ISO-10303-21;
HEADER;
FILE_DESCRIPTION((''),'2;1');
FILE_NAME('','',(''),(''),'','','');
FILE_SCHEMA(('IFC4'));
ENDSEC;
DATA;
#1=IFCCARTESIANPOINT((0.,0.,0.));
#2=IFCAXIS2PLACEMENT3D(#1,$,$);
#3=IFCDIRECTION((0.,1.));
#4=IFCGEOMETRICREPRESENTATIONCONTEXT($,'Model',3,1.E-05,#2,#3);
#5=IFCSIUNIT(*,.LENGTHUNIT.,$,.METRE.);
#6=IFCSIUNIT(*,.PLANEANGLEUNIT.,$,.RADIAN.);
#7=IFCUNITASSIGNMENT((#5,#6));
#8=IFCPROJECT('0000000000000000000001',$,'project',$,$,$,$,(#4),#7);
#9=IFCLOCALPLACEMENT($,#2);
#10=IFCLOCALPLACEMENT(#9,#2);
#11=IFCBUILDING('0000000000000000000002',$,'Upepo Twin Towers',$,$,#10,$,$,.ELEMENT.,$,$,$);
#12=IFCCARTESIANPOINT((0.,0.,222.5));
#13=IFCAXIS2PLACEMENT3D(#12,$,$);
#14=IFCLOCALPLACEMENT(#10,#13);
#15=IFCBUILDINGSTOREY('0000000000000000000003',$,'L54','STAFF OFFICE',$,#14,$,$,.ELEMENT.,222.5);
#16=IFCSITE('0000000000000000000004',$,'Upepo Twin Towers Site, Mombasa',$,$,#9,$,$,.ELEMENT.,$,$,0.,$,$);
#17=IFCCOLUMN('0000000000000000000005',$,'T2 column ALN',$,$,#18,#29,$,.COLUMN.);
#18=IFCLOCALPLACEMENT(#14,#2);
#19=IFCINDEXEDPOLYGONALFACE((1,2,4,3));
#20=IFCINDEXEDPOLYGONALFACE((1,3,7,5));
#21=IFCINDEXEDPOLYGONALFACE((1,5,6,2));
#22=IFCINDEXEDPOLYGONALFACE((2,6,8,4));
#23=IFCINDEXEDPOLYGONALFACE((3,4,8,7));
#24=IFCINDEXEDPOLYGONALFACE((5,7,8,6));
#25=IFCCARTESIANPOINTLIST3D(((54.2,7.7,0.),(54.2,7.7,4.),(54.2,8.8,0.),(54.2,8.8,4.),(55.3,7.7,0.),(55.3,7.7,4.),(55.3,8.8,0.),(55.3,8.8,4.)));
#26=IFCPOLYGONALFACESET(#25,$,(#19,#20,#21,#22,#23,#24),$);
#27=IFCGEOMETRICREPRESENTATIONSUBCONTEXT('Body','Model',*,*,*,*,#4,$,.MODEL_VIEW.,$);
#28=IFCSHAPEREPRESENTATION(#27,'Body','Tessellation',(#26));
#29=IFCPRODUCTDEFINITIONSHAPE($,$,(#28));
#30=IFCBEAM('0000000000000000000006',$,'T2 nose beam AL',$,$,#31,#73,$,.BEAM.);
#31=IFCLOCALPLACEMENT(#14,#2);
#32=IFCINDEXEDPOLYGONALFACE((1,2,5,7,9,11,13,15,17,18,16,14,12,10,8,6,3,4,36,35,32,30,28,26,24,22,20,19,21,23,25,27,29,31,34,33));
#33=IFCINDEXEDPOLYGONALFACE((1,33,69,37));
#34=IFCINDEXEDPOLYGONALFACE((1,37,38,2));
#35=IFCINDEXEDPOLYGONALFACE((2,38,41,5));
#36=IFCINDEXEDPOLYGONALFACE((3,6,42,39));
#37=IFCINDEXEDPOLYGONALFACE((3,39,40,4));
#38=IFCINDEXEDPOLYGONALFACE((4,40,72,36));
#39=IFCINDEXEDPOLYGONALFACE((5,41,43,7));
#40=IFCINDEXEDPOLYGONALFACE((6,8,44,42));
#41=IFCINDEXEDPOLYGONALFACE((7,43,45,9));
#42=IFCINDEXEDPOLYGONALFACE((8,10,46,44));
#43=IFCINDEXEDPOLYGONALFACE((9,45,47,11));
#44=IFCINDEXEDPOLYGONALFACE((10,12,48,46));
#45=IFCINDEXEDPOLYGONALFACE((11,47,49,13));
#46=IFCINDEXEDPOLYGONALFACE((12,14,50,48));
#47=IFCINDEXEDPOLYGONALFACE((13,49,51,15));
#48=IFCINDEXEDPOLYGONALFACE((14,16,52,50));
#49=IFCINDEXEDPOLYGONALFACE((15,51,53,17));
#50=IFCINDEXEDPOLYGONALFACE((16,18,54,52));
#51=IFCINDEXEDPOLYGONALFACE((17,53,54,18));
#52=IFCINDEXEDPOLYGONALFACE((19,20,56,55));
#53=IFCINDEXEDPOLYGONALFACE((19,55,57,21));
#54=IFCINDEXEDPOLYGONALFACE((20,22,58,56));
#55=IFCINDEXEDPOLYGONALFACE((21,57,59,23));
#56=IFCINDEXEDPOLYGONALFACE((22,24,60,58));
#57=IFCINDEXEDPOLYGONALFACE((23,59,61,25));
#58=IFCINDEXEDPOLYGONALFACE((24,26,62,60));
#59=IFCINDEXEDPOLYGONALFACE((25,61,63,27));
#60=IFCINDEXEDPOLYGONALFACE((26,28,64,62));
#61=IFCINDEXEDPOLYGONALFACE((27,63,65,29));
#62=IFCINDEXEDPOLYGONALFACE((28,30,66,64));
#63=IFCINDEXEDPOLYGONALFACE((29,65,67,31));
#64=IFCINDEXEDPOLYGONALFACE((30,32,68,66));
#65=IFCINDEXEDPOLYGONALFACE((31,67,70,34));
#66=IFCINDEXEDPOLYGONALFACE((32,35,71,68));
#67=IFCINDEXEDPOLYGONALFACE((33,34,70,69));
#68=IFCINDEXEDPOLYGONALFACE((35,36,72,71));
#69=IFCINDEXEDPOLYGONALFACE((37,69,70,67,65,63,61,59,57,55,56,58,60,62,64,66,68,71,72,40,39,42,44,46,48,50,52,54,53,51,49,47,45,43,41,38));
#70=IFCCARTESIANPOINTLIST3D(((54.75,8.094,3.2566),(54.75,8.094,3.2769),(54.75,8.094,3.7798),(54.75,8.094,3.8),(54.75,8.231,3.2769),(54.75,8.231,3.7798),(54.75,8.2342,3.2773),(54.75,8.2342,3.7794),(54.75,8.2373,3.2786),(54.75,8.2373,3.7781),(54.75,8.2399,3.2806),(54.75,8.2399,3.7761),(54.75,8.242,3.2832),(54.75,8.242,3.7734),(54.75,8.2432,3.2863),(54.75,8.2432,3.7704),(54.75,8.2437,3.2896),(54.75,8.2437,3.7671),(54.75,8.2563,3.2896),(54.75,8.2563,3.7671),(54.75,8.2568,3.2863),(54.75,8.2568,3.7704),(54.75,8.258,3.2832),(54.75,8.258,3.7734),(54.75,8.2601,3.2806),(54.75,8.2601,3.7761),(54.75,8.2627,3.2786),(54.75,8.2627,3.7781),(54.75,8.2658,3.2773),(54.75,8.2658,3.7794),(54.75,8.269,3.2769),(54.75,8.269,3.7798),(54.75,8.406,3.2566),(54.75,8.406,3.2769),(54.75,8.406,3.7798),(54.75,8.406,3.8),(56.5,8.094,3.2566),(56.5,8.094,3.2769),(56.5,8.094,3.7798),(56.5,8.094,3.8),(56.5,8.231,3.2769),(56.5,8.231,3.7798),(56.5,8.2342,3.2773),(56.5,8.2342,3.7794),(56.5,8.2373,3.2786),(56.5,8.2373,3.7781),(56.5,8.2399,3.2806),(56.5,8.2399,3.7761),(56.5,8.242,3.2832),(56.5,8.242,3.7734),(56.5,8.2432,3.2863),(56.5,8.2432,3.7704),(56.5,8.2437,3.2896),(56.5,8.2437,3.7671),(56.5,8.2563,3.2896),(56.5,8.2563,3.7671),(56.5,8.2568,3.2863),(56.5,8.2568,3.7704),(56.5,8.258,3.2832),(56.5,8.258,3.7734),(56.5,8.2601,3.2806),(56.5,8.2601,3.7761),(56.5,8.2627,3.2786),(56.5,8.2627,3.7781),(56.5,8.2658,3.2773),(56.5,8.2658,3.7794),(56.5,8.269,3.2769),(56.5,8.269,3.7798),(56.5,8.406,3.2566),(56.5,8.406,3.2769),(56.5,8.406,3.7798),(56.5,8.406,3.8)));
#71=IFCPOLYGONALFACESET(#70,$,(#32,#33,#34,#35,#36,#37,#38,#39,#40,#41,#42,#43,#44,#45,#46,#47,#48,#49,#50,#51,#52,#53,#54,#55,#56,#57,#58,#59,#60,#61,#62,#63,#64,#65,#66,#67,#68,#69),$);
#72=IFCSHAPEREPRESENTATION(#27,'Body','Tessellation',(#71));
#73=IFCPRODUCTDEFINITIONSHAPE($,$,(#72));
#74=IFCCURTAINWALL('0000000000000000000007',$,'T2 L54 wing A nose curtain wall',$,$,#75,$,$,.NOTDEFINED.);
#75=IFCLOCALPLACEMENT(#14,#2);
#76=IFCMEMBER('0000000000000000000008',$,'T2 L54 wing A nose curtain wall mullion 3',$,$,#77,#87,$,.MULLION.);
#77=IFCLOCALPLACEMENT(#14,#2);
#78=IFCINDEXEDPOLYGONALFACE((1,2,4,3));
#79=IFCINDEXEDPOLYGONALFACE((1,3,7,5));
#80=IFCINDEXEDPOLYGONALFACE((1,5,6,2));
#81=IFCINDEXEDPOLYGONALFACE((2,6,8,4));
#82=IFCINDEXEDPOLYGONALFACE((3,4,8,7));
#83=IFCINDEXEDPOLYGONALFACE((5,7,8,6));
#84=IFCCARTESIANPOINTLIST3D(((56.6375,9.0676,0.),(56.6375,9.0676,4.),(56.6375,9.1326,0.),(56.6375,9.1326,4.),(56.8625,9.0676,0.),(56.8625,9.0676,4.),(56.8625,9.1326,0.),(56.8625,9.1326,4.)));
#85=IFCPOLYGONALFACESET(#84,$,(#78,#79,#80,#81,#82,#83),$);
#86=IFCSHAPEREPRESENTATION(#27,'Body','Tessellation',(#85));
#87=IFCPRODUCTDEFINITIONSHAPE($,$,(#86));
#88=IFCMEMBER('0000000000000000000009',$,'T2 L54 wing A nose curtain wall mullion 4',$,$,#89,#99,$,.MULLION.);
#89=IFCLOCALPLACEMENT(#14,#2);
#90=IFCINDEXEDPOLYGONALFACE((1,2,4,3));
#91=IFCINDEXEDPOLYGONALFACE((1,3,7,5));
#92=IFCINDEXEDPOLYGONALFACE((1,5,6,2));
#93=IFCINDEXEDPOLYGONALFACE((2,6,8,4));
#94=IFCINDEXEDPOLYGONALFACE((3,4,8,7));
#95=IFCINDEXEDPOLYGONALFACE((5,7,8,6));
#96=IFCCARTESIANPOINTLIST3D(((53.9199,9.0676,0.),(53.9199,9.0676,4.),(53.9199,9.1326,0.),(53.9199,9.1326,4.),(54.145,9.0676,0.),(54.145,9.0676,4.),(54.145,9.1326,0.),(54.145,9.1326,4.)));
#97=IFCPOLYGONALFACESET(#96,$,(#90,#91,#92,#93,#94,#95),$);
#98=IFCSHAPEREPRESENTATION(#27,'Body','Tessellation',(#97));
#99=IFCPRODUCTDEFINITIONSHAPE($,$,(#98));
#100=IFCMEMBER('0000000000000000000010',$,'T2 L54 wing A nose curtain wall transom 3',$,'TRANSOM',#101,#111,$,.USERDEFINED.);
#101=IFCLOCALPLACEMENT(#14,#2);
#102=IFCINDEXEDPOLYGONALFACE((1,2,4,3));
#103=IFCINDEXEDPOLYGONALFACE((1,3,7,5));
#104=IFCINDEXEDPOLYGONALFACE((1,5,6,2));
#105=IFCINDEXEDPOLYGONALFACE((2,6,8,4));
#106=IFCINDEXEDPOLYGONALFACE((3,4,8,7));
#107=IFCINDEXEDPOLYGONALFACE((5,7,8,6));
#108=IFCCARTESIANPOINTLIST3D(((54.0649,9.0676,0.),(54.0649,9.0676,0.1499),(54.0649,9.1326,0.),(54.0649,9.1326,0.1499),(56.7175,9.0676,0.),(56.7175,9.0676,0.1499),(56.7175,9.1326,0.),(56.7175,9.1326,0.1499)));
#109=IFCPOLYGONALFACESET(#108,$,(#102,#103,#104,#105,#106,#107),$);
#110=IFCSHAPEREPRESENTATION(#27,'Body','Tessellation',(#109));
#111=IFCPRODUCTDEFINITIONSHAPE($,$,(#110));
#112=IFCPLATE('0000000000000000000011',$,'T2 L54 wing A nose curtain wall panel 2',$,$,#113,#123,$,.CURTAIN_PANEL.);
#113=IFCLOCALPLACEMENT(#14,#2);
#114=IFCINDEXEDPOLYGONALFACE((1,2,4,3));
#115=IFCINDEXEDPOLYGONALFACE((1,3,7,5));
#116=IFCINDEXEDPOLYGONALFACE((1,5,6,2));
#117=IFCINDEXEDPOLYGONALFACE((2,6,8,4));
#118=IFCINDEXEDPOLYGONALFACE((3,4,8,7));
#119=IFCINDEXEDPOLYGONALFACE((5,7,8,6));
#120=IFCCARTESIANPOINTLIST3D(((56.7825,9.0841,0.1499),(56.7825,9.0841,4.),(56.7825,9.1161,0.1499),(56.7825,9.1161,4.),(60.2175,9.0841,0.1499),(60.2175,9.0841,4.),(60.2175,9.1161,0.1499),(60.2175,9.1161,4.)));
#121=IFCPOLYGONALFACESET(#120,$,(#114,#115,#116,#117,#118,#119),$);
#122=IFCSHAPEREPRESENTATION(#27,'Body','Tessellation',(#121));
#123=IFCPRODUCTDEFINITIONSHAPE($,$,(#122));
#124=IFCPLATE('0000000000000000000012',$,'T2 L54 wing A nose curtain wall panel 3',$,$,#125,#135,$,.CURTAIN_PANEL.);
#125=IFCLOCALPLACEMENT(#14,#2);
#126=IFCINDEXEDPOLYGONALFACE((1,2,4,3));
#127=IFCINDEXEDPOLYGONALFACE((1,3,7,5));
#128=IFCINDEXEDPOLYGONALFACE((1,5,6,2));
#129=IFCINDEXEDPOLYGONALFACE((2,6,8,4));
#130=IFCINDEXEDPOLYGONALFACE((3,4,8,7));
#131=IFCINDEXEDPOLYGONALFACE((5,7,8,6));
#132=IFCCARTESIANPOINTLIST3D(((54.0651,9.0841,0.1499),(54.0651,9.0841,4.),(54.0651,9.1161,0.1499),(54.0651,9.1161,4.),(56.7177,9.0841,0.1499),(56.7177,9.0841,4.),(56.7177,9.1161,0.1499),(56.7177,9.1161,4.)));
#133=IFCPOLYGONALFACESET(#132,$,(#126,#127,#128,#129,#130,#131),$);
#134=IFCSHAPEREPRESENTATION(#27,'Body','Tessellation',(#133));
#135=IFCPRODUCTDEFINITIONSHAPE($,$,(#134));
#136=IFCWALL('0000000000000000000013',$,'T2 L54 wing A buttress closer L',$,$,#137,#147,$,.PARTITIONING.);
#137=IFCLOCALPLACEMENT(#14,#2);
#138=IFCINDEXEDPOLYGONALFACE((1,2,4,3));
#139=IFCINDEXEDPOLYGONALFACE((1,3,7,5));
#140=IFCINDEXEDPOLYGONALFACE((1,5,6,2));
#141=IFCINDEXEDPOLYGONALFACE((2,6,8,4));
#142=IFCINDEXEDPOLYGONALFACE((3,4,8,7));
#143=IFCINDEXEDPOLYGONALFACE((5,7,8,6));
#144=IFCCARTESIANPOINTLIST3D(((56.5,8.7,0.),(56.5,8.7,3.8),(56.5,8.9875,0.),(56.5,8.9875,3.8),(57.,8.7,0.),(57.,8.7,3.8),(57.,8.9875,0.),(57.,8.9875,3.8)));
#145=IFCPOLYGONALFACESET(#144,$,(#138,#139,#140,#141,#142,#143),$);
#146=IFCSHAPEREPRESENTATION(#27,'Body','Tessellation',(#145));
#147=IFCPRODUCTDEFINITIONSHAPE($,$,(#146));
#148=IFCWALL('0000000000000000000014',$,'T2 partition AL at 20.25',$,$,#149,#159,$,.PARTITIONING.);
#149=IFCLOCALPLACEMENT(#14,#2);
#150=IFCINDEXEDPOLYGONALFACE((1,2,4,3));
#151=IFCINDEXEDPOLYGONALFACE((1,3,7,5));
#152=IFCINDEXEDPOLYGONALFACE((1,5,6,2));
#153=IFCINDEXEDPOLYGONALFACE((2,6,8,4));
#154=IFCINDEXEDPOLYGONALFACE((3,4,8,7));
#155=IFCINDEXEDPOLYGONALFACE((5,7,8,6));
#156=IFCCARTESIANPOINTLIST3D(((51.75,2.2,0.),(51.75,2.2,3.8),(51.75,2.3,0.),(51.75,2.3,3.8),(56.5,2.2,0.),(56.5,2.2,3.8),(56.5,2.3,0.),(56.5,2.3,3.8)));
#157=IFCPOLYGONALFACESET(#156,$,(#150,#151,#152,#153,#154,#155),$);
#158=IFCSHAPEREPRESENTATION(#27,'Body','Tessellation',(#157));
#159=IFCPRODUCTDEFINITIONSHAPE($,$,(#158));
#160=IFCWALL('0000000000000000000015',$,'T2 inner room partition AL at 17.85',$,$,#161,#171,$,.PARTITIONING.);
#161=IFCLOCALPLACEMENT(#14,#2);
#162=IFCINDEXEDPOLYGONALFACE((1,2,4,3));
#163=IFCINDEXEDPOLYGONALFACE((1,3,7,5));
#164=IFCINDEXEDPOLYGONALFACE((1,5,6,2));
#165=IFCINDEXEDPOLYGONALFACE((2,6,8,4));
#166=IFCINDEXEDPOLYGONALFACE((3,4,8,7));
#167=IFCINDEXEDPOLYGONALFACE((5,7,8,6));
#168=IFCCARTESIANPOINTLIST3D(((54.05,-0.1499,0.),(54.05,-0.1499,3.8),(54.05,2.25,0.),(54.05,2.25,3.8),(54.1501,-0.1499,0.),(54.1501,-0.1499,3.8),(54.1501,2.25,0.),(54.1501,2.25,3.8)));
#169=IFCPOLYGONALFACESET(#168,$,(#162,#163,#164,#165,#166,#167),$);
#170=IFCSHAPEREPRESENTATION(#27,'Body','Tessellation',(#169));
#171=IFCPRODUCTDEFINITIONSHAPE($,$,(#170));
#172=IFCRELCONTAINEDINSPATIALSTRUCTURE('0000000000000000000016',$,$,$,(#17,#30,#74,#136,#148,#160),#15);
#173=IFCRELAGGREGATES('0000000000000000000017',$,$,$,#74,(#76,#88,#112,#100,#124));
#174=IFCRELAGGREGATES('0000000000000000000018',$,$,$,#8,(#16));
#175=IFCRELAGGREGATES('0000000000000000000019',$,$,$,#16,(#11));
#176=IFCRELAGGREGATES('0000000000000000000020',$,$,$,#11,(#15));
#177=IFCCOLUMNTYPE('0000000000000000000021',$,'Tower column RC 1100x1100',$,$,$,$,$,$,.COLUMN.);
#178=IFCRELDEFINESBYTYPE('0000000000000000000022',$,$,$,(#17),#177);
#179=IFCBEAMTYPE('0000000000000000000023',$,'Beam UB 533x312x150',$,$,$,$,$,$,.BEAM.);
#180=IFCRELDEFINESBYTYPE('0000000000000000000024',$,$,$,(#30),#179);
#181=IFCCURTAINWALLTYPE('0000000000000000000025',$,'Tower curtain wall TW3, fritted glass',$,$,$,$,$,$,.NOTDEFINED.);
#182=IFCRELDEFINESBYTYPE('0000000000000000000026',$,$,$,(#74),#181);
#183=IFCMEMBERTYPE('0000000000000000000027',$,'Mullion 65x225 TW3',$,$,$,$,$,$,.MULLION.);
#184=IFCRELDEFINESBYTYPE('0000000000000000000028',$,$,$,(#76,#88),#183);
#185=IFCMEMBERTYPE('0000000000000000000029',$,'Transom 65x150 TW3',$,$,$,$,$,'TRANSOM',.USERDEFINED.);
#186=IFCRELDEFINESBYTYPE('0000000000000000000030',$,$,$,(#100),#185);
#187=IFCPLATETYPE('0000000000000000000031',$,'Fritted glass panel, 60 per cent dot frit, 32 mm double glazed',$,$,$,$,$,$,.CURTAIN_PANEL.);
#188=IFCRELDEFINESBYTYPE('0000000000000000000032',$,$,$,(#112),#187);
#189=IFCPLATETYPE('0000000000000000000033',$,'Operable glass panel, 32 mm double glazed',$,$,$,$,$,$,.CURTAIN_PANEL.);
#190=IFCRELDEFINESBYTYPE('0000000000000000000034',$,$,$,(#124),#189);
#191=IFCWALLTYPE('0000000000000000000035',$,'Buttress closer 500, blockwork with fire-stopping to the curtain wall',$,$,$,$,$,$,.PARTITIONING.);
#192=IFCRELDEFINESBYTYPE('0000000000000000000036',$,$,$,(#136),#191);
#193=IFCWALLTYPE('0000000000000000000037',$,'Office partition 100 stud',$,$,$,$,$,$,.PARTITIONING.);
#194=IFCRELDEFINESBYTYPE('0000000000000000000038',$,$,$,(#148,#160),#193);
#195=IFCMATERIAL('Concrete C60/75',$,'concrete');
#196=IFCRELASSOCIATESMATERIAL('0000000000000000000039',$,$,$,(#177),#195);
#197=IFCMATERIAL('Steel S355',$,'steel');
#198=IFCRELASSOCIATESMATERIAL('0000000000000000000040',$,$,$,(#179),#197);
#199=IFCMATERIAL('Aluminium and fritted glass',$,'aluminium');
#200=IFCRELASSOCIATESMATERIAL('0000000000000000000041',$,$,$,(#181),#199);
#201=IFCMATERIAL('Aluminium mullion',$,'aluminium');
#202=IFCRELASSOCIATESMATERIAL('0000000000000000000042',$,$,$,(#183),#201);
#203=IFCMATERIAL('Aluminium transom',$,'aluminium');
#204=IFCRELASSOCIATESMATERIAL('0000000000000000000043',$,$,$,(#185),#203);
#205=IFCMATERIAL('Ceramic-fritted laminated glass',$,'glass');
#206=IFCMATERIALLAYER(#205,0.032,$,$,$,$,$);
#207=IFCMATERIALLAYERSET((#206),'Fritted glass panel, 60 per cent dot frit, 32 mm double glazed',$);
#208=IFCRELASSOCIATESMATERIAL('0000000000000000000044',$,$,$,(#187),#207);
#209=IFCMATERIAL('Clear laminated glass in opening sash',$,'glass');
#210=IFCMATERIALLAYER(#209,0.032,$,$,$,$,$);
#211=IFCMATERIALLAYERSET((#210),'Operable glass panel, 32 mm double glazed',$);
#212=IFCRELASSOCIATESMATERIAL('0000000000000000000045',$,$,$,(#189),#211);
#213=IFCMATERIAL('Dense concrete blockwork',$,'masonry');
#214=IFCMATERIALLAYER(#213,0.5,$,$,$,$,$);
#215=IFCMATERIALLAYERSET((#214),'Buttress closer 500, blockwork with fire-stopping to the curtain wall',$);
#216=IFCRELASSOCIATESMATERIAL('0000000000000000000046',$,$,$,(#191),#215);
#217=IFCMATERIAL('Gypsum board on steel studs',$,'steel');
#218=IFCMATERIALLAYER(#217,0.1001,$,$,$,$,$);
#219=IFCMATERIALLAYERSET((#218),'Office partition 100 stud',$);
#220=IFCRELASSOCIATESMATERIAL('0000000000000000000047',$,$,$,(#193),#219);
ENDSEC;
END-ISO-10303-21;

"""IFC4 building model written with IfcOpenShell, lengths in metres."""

from ifc_helpers import new_model, si_unit, direction, frame, frame_2d, origin, origin_2d, place, context, subcontext, project, spatial, rectangle, i_section, extrude, material, layer, layer_set, material_profile, profile_set, type_object, element, aggregate, save


model = new_model("IFC4")

# Units and contexts
model_context = context("Model", 3, precision=1e-05, world=origin(), true_north=direction((0.0, 1.0)))
body_context = subcontext(model_context, "Body", "Model", "MODEL_VIEW")
ifc_project = project(units=[si_unit("LENGTHUNIT", "METRE"), si_unit("PLANEANGLEUNIT", "RADIAN")], contexts=[model_context])

# Site, building, storey
site_placement = place(None, origin())
site = spatial("IfcSite", under=ifc_project, at=site_placement, Name="Upepo Twin Towers Site, Mombasa", CompositionType="ELEMENT", RefElevation=0.0)
building_placement = place(site_placement, origin())
building = spatial("IfcBuilding", under=site, at=building_placement, Name="Upepo Twin Towers", CompositionType="ELEMENT")
storey_placement = place(building_placement, frame((0.0, 0.0, 222.5)))
storey = spatial("IfcBuildingStorey", under=building, at=storey_placement, Name="L54", Description="STAFF OFFICE", CompositionType="ELEMENT", Elevation=222.5)

# Column
ifc_material_1 = material(Name="Concrete C60/75", Category="concrete")
ifc_material_profile_1 = material_profile(ifc_material_1, rectangle(XDim=1.1001, YDim=1.1001, at=origin_2d()), Name="RC 1100x1100")
ifc_profile_set_1 = profile_set([ifc_material_profile_1], Name="Concrete C60/75")
column_type = type_object("IfcColumnType", Name="Tower column RC 1100x1100", PredefinedType="COLUMN", material=ifc_profile_set_1)
column_placement = place(storey_placement, frame((54.75, 8.25, 0.0), z_axis=(0.0, 0.0, 1.0), x_axis=(1.0, 0.0, 0.0)))
element("IfcColumn", 1, at=column_placement, inside=storey, type_object=column_type, Name="T2 column ALN", PredefinedType="COLUMN", context=body_context, shape_type="SweptSolid", body=[
    extrude(rectangle(XDim=1.1001, YDim=1.1001, at=origin_2d()), origin(), (0.0, 0.0, 1.0), 4.0),
])

# Beam
ifc_material_2 = material(Name="Steel S355", Category="steel")
ifc_material_profile_2 = material_profile(ifc_material_2, i_section(OverallWidth=0.312, OverallDepth=0.5435, WebThickness=0.0127, FlangeThickness=0.0203, FilletRadius=0.0127, at=origin_2d()), Name="UB 533x312x150")
ifc_profile_set_2 = profile_set([ifc_material_profile_2], Name="Steel S355")
beam_type = type_object("IfcBeamType", Name="Beam UB 533x312x150", PredefinedType="BEAM", material=ifc_profile_set_2)
beam_placement = place(storey_placement, frame((54.75, 8.25, 3.5283), z_axis=(1.0, 0.0, 0.0), x_axis=(0.0, 1.0, 0.0)))
element("IfcBeam", 2, at=beam_placement, inside=storey, type_object=beam_type, Name="T2 nose beam AL", PredefinedType="BEAM", context=body_context, shape_type="SweptSolid", body=[
    extrude(i_section(OverallWidth=0.312, OverallDepth=0.5435, WebThickness=0.0127, FlangeThickness=0.0203, FilletRadius=0.0127, at=origin_2d()), origin(), (0.0, 0.0, 1.0), 1.75),
])

# Curtain wall, members, plates
ifc_material_3 = material(Name="Aluminium and fritted glass", Category="aluminium")
curtain_wall_type = type_object("IfcCurtainWallType", Name="Tower curtain wall TW3, fritted glass", PredefinedType="NOTDEFINED", material=ifc_material_3)
curtain_wall_placement = place(storey_placement, origin())
curtain_wall = element("IfcCurtainWall", 3, at=curtain_wall_placement, inside=storey, type_object=curtain_wall_type, Name="T2 L54 wing A nose curtain wall", PredefinedType="NOTDEFINED")
ifc_material_4 = material(Name="Aluminium mullion", Category="aluminium")
ifc_material_profile_3 = material_profile(ifc_material_4, rectangle(XDim=0.0649, YDim=0.2251, at=origin_2d()), Name="MULLION 65x225")
ifc_profile_set_3 = profile_set([ifc_material_profile_3], Name="Aluminium mullion")
member_type_1 = type_object("IfcMemberType", Name="Mullion 65x225 TW3", PredefinedType="MULLION", material=ifc_profile_set_3)
member_1_placement = place(storey_placement, frame((56.75, 9.1001, 0.0), z_axis=(0.0, 0.0, 1.0), x_axis=(0.0, -1.0, 0.0)))
member_1 = element("IfcMember", 4, at=member_1_placement, type_object=member_type_1, Name="T2 L54 wing A nose curtain wall mullion 3", PredefinedType="MULLION", context=body_context, shape_type="SweptSolid", body=[
    extrude(rectangle(XDim=0.0649, YDim=0.2251, at=origin_2d()), origin(), (0.0, 0.0, 1.0), 4.0),
])
member_2_placement = place(storey_placement, frame((54.0325, 9.1001, 0.0), z_axis=(0.0, 0.0, 1.0), x_axis=(0.0, -1.0, 0.0)))
member_2 = element("IfcMember", 5, at=member_2_placement, type_object=member_type_1, Name="T2 L54 wing A nose curtain wall mullion 4", PredefinedType="MULLION", context=body_context, shape_type="SweptSolid", body=[
    extrude(rectangle(XDim=0.0649, YDim=0.2251, at=origin_2d()), origin(), (0.0, 0.0, 1.0), 4.0),
])
ifc_material_5 = material(Name="Aluminium transom", Category="aluminium")
ifc_material_profile_4 = material_profile(ifc_material_5, rectangle(XDim=0.0649, YDim=0.1499, at=origin_2d()), Name="TRANSOM 65x150")
ifc_profile_set_4 = profile_set([ifc_material_profile_4], Name="Aluminium transom")
member_type_2 = type_object("IfcMemberType", Name="Transom 65x150 TW3", ElementType="TRANSOM", PredefinedType="USERDEFINED", material=ifc_profile_set_4)
member_3_placement = place(storey_placement, frame((56.7175, 9.1001, 0.075), z_axis=(-1.0, 0.0, 0.0), x_axis=(0.0, -1.0, 0.0)))
member_3 = element("IfcMember", 6, at=member_3_placement, type_object=member_type_2, Name="T2 L54 wing A nose curtain wall transom 3", ObjectType="TRANSOM", PredefinedType="USERDEFINED", context=body_context, shape_type="SweptSolid", body=[
    extrude(rectangle(XDim=0.0649, YDim=0.1499, at=origin_2d()), origin(), (0.0, 0.0, 1.0), 2.6526),
])
ifc_material_6 = material(Name="Ceramic-fritted laminated glass", Category="glass")
ifc_layer_1 = layer(ifc_material_6, 0.032)
ifc_layer_set_1 = layer_set([ifc_layer_1], Name="Fritted glass panel, 60 per cent dot frit, 32 mm double glazed")
plate_type_1 = type_object("IfcPlateType", Name="Fritted glass panel, 60 per cent dot frit, 32 mm double glazed", PredefinedType="CURTAIN_PANEL", material=ifc_layer_set_1)
plate_1_placement = place(storey_placement, frame((58.5, 9.1001, 0.1499), z_axis=(0.0, 0.0, 1.0), x_axis=(-1.0, 0.0, 0.0)))
plate_1 = element("IfcPlate", 7, at=plate_1_placement, type_object=plate_type_1, Name="T2 L54 wing A nose curtain wall panel 2", PredefinedType="CURTAIN_PANEL", context=body_context, shape_type="SweptSolid", body=[
    extrude(rectangle(XDim=3.4351, YDim=0.032, at=origin_2d()), origin(), (0.0, 0.0, 1.0), 3.8501),
])
ifc_material_7 = material(Name="Clear laminated glass in opening sash", Category="glass")
ifc_layer_2 = layer(ifc_material_7, 0.032)
ifc_layer_set_2 = layer_set([ifc_layer_2], Name="Operable glass panel, 32 mm double glazed")
plate_type_2 = type_object("IfcPlateType", Name="Operable glass panel, 32 mm double glazed", PredefinedType="CURTAIN_PANEL", material=ifc_layer_set_2)
plate_2_placement = place(storey_placement, frame((55.3914, 9.1001, 0.1499), z_axis=(0.0, 0.0, 1.0), x_axis=(-1.0, 0.0, 0.0)))
plate_2 = element("IfcPlate", 8, at=plate_2_placement, type_object=plate_type_2, Name="T2 L54 wing A nose curtain wall panel 3", PredefinedType="CURTAIN_PANEL", context=body_context, shape_type="SweptSolid", body=[
    extrude(rectangle(XDim=2.6526, YDim=0.032, at=origin_2d()), origin(), (0.0, 0.0, 1.0), 3.8501),
])
aggregate(curtain_wall, [member_1, member_2, plate_1, member_3, plate_2])

# Walls
ifc_material_8 = material(Name="Dense concrete blockwork", Category="masonry")
ifc_layer_3 = layer(ifc_material_8, 0.5)
ifc_layer_set_3 = layer_set([ifc_layer_3], Name="Buttress closer 500, blockwork with fire-stopping to the curtain wall")
wall_type_1 = type_object("IfcWallType", Name="Buttress closer 500, blockwork with fire-stopping to the curtain wall", PredefinedType="PARTITIONING", material=ifc_layer_set_3)
wall_1_placement = place(storey_placement, frame((56.75, 8.7, 0.0), z_axis=(0.0, 0.0, 1.0), x_axis=(0.0, 1.0, 0.0)))
element("IfcWall", 9, at=wall_1_placement, inside=storey, type_object=wall_type_1, Name="T2 L54 wing A buttress closer L", PredefinedType="PARTITIONING", context=body_context, shape_type="SweptSolid", body=[
    extrude(rectangle(XDim=0.2876, YDim=0.5, at=frame_2d((0.1438, 0.0))), origin(), (0.0, 0.0, 1.0), 3.8),
])
ifc_material_9 = material(Name="Gypsum board on steel studs", Category="steel")
ifc_layer_4 = layer(ifc_material_9, 0.1001)
ifc_layer_set_4 = layer_set([ifc_layer_4], Name="Office partition 100 stud")
wall_type_2 = type_object("IfcWallType", Name="Office partition 100 stud", PredefinedType="PARTITIONING", material=ifc_layer_set_4)
wall_2_placement = place(storey_placement, frame((56.5, 2.25, 0.0), z_axis=(0.0, 0.0, 1.0), x_axis=(-1.0, 0.0, 0.0)))
element("IfcWall", 10, at=wall_2_placement, inside=storey, type_object=wall_type_2, Name="T2 partition AL at 20.25", PredefinedType="PARTITIONING", context=body_context, shape_type="SweptSolid", body=[
    extrude(rectangle(XDim=4.75, YDim=0.1001, at=frame_2d((2.375, 0.0))), origin(), (0.0, 0.0, 1.0), 3.8),
])
wall_3_placement = place(storey_placement, frame((54.1001, -0.1499, 0.0), z_axis=(0.0, 0.0, 1.0), x_axis=(0.0, 1.0, 0.0)))
element("IfcWall", 11, at=wall_3_placement, inside=storey, type_object=wall_type_2, Name="T2 inner room partition AL at 17.85", PredefinedType="PARTITIONING", context=body_context, shape_type="SweptSolid", body=[
    extrude(rectangle(XDim=2.3999, YDim=0.1001, at=frame_2d((1.2, 0.0))), origin(), (0.0, 0.0, 1.0), 3.8),
])

save(model, "model.ifc")
